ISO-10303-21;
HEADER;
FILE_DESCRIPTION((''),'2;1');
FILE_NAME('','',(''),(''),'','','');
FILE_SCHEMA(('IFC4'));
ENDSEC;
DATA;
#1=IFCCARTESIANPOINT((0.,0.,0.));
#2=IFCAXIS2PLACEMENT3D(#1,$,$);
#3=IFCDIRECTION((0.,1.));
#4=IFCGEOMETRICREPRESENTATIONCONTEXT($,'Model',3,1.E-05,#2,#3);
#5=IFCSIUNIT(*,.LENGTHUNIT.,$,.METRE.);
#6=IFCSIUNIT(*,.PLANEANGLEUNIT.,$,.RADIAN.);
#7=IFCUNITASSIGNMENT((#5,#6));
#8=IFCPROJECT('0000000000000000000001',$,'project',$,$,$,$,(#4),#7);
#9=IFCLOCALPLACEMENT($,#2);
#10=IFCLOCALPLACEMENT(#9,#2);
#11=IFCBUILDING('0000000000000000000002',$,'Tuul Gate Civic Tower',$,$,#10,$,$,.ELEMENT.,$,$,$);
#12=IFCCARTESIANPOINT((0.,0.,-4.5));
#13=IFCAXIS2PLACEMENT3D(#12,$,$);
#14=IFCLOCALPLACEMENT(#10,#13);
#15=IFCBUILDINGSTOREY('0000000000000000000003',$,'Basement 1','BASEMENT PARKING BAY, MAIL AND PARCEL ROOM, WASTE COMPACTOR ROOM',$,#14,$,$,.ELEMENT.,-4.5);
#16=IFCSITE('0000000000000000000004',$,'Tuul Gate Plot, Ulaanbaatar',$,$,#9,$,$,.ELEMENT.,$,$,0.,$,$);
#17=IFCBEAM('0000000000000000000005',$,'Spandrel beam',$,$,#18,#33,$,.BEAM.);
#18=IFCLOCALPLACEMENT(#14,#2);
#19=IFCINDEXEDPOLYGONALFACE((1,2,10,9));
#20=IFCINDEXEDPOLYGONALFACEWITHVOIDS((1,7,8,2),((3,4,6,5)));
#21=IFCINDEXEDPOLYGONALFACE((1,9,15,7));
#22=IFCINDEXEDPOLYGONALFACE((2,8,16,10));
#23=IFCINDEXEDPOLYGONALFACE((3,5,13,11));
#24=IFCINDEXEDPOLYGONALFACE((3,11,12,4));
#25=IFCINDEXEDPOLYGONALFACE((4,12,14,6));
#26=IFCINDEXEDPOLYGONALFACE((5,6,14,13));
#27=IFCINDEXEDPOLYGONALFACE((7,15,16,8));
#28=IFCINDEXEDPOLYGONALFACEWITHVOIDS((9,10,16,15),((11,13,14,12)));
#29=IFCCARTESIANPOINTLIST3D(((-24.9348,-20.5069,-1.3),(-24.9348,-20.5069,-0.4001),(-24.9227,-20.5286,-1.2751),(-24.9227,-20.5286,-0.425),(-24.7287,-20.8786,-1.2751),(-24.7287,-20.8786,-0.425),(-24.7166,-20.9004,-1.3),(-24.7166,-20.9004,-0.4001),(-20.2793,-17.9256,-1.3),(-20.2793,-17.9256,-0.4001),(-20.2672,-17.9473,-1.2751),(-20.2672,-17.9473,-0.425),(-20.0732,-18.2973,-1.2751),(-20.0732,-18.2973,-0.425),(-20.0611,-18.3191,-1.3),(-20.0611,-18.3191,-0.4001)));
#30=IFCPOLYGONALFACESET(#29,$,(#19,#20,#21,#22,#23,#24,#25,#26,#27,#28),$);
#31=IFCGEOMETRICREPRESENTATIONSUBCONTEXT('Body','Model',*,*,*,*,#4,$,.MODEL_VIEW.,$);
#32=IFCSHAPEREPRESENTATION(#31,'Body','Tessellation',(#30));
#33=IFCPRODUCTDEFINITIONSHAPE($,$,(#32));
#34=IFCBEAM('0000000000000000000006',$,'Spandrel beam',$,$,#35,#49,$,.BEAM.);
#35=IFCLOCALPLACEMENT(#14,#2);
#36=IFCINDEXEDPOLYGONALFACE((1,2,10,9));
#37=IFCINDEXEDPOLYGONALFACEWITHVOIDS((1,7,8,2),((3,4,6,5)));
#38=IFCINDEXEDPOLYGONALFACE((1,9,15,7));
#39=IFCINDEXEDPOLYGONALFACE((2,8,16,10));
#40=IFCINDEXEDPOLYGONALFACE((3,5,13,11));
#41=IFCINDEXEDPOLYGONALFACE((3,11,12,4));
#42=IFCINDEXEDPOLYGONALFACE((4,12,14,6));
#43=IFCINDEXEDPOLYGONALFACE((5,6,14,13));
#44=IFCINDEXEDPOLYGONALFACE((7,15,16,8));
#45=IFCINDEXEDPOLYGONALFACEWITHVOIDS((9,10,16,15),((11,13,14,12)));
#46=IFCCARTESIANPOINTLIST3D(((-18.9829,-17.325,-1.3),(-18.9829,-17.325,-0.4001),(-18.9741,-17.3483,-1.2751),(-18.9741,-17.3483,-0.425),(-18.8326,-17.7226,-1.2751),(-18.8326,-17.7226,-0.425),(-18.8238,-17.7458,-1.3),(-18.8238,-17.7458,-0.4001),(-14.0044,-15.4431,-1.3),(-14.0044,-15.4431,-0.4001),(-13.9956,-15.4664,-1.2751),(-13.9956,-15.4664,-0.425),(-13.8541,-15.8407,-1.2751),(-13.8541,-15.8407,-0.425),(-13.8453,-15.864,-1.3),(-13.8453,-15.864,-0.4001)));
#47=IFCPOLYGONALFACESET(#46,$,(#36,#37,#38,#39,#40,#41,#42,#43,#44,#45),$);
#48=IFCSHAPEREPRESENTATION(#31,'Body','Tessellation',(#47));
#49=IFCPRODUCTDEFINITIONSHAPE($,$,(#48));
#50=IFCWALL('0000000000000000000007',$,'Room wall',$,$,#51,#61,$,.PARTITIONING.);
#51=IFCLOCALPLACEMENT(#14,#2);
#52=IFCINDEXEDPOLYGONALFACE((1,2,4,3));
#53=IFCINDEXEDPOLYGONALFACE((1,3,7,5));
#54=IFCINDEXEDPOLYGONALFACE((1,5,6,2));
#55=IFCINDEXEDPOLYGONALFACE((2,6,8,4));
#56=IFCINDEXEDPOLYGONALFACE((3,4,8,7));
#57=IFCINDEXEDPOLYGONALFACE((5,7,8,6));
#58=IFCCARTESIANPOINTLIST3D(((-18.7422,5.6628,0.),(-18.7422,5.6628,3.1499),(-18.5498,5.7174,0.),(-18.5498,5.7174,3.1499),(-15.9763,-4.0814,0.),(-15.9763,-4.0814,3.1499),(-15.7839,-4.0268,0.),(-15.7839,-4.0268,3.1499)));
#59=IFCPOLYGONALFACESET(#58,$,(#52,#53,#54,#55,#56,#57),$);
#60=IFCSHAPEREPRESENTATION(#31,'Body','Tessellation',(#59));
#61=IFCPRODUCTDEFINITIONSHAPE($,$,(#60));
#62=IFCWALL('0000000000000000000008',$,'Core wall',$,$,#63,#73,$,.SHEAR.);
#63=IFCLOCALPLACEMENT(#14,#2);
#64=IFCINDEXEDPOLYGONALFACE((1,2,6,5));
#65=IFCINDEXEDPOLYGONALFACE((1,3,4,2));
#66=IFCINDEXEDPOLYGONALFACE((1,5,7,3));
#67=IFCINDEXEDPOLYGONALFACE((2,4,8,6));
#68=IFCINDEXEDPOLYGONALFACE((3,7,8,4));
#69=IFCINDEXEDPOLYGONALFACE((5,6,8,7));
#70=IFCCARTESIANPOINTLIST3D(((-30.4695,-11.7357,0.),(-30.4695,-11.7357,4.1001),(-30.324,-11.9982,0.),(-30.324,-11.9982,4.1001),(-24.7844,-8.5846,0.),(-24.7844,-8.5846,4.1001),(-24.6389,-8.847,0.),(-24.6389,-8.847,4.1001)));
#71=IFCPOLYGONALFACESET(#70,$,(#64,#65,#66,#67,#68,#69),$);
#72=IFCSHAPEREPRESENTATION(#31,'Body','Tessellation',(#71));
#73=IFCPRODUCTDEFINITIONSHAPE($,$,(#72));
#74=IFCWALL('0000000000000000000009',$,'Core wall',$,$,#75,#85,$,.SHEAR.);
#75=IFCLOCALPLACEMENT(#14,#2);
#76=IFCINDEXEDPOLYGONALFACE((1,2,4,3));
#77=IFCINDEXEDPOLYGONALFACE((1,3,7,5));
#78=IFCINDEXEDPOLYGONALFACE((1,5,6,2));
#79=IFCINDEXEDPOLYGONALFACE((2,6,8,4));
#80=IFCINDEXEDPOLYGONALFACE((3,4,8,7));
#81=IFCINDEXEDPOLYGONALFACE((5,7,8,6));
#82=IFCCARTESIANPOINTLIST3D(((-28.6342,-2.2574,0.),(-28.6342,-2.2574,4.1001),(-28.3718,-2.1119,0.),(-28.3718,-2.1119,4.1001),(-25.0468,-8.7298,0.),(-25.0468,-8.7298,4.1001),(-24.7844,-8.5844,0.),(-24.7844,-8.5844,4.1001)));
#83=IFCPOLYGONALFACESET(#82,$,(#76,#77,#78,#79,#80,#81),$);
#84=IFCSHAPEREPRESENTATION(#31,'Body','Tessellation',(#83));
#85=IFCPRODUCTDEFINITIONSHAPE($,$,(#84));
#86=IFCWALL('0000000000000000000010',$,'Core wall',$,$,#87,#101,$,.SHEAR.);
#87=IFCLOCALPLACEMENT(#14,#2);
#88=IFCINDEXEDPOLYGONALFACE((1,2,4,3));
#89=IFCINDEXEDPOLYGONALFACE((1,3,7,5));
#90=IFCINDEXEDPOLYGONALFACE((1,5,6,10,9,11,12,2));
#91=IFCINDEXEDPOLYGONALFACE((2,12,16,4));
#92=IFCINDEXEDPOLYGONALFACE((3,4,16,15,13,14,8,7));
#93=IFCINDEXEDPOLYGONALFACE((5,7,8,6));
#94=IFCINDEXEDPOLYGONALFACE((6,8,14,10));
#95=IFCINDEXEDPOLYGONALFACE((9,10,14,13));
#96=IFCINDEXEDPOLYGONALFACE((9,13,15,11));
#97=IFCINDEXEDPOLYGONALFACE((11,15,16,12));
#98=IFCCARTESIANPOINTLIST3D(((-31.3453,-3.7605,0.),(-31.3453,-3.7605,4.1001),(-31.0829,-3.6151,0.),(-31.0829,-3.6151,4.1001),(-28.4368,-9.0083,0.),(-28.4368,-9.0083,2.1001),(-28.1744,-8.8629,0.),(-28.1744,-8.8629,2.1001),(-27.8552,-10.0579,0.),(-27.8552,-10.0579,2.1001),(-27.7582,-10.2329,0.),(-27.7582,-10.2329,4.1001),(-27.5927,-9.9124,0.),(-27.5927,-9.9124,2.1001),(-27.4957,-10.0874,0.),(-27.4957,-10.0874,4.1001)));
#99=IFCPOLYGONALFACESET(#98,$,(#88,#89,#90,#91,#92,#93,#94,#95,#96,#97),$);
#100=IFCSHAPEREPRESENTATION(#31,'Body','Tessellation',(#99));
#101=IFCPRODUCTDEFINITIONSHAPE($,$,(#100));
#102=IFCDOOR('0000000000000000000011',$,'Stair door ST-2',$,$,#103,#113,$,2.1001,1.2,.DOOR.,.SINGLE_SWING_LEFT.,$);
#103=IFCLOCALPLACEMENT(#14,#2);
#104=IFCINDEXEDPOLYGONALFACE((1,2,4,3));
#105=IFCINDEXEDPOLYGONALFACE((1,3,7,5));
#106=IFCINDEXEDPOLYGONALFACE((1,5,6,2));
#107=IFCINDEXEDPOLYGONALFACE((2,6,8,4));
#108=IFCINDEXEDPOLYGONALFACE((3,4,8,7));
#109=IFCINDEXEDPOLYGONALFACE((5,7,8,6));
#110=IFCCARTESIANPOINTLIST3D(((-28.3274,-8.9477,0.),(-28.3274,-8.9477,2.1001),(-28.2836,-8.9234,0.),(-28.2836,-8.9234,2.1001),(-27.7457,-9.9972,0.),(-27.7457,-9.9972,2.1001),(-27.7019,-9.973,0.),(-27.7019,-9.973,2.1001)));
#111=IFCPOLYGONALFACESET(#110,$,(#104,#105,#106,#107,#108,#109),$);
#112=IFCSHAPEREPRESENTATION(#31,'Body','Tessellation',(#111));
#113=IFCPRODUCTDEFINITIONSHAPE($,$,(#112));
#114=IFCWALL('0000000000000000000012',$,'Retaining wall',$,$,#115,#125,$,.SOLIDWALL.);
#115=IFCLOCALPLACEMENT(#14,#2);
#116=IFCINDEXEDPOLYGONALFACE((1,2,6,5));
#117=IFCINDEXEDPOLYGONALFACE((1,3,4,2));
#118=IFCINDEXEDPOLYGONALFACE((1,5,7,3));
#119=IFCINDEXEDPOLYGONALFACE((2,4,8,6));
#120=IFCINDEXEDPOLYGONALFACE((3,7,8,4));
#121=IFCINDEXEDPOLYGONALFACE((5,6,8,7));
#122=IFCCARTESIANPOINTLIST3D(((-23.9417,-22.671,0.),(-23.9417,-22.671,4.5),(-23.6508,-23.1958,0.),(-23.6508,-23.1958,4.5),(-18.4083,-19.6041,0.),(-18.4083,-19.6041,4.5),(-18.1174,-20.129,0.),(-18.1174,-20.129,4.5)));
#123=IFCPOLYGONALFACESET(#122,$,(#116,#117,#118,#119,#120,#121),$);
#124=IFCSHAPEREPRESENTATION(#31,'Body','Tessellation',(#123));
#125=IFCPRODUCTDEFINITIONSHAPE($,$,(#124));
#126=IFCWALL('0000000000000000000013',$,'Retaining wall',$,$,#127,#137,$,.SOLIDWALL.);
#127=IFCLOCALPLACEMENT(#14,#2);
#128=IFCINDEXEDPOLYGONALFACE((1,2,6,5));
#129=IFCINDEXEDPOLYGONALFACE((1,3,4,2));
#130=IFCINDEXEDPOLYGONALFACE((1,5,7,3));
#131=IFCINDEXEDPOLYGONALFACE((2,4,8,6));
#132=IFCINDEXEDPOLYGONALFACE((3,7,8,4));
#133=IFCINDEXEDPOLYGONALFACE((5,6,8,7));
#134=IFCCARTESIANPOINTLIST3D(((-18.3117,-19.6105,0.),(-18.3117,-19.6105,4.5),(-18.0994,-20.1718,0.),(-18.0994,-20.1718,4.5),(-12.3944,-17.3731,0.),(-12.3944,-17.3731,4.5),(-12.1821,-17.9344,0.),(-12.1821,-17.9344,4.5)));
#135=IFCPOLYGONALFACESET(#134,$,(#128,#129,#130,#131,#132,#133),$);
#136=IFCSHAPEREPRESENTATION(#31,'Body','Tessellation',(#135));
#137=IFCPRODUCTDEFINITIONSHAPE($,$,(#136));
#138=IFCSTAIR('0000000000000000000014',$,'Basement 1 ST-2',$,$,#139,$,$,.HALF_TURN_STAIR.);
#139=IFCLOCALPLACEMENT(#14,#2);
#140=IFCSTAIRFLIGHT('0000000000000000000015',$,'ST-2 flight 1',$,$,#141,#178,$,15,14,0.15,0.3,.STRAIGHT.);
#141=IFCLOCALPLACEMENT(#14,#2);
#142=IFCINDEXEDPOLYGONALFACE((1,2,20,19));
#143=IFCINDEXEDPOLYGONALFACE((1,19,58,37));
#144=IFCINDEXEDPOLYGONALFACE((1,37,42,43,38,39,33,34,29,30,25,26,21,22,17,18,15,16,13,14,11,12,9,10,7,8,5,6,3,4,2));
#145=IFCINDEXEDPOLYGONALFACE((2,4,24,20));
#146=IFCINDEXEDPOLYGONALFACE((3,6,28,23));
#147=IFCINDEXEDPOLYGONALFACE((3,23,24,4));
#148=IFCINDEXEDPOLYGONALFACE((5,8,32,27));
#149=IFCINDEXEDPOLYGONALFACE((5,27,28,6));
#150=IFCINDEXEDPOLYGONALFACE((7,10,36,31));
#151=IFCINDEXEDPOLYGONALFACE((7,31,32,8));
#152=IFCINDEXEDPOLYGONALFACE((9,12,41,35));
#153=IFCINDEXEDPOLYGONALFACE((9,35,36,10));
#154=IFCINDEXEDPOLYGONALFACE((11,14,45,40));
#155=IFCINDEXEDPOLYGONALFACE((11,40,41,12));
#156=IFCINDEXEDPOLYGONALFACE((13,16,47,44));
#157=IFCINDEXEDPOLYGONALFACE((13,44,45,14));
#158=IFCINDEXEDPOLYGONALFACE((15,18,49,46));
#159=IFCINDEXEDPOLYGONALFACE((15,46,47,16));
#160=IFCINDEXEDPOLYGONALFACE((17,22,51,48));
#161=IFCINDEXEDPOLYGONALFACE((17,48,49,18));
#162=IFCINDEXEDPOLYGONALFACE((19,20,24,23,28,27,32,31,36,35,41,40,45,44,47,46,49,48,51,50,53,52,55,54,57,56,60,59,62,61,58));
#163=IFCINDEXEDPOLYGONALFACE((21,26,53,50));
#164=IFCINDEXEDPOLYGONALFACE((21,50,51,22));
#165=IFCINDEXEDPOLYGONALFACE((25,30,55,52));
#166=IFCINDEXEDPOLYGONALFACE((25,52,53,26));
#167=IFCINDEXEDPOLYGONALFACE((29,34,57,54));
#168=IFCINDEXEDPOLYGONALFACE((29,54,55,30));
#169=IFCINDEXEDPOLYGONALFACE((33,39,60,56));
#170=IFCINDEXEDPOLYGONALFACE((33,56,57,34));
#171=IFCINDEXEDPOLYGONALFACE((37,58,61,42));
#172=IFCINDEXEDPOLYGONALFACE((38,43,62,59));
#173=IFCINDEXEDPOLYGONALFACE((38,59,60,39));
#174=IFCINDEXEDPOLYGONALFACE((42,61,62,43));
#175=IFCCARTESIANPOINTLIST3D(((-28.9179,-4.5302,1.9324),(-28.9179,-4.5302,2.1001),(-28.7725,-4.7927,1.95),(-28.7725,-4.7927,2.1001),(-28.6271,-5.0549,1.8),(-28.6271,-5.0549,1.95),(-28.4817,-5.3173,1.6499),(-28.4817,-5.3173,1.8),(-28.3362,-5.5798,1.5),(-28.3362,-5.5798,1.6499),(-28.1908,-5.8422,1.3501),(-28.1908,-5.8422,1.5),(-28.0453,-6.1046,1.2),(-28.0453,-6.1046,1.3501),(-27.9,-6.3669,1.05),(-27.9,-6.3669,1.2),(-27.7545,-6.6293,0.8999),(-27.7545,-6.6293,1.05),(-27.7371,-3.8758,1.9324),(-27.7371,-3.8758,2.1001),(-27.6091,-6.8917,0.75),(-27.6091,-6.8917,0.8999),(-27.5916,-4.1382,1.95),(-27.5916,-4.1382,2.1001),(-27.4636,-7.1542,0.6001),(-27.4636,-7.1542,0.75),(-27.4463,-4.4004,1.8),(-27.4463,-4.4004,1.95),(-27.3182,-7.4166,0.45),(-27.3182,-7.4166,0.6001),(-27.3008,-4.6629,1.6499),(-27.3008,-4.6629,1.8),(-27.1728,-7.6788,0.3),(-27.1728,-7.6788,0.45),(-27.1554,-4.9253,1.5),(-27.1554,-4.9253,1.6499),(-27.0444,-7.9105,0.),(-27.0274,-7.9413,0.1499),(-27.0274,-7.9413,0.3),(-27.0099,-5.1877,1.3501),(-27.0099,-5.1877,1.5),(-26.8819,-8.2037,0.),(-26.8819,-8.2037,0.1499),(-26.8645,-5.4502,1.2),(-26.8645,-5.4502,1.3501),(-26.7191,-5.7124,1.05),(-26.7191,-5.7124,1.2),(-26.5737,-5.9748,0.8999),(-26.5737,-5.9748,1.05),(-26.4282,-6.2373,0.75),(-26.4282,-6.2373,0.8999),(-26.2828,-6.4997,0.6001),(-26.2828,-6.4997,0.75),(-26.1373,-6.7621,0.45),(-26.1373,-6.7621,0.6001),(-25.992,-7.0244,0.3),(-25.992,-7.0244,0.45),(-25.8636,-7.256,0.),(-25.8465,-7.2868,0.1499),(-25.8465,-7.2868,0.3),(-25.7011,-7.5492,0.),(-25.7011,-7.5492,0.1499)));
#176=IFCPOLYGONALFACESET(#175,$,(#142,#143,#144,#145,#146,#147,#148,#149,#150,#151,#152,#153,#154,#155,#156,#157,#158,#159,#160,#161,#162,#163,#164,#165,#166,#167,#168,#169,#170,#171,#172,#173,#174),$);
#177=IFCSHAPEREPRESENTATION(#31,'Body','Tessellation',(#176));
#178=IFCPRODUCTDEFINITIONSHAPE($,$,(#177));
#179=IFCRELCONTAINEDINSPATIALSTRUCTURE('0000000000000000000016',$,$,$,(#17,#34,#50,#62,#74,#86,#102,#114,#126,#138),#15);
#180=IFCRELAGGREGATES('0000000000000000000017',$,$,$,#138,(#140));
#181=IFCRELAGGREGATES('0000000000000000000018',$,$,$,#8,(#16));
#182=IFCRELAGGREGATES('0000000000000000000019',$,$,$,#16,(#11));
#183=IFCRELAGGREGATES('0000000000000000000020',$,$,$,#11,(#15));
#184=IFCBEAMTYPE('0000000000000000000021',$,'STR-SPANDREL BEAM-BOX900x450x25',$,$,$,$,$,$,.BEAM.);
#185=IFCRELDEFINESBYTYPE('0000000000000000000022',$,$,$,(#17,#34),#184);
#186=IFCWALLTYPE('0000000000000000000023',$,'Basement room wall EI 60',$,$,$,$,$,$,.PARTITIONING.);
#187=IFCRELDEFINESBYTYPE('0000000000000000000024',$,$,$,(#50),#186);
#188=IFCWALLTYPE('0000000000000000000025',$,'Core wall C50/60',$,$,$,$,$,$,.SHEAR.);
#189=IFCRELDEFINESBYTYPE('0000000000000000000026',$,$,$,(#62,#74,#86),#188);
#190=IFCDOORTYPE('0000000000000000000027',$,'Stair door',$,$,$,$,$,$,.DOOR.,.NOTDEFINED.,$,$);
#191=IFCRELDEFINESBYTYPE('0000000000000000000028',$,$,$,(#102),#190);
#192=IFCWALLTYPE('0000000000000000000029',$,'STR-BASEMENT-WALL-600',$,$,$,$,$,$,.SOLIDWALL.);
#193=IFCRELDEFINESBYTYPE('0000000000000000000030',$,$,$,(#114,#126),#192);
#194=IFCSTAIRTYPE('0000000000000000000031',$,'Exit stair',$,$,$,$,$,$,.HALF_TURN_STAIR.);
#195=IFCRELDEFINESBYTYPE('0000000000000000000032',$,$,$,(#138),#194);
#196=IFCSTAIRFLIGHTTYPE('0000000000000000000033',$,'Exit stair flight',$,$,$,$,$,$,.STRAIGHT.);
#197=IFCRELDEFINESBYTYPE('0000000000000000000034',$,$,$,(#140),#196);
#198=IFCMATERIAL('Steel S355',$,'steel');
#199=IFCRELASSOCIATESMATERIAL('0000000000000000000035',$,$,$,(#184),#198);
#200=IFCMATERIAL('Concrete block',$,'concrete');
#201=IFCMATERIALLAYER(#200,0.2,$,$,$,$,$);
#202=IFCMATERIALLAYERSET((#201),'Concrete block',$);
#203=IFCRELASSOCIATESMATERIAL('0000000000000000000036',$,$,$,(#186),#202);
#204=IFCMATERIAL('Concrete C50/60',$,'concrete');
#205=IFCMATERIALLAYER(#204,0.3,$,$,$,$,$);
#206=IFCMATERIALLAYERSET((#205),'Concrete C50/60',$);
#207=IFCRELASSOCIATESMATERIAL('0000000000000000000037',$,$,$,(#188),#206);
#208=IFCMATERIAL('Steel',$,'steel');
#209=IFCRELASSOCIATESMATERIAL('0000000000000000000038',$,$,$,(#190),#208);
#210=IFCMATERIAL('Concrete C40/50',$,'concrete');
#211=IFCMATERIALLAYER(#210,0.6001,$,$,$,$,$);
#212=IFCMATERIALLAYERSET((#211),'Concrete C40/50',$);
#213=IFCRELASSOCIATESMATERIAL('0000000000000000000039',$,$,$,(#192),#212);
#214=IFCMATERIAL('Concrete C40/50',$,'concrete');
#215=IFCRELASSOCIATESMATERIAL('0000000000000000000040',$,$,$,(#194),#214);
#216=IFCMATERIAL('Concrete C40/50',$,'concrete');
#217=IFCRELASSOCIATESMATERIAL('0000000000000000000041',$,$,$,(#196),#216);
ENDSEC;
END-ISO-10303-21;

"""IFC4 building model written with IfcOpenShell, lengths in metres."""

from ifc_helpers import new_model, si_unit, direction, frame, frame_2d, origin, origin_2d, place, context, subcontext, project, spatial, polyline, rectangle, hollow_rectangle, outline, extrude, material, layer, layer_set, material_profile, profile_set, type_object, element, fill, aggregate, save


model = new_model("IFC4")

# Units and contexts
model_context = context("Model", 3, precision=1e-05, world=origin(), true_north=direction((0.0, 1.0)))
body_context = subcontext(model_context, "Body", "Model", "MODEL_VIEW")
ifc_project = project(units=[si_unit("LENGTHUNIT", "METRE"), si_unit("PLANEANGLEUNIT", "RADIAN")], contexts=[model_context])

# Site, building, storey
site_placement = place(None, origin())
site = spatial("IfcSite", under=ifc_project, at=site_placement, Name="Tuul Gate Plot, Ulaanbaatar", CompositionType="ELEMENT", RefElevation=0.0)
building_placement = place(site_placement, origin())
building = spatial("IfcBuilding", under=site, at=building_placement, Name="Tuul Gate Civic Tower", CompositionType="ELEMENT")
storey_placement = place(building_placement, frame((0.0, 0.0, -4.5)))
storey = spatial("IfcBuildingStorey", under=building, at=storey_placement, Name="Basement 1", Description="BASEMENT PARKING BAY, MAIL AND PARCEL ROOM, WASTE COMPACTOR ROOM", CompositionType="ELEMENT", Elevation=-4.5)

# Beams
ifc_material_1 = material(Name="Steel S355", Category="steel")
ifc_material_profile_1 = material_profile(ifc_material_1, hollow_rectangle(XDim=0.45, YDim=0.8999, WallThickness=0.0249, at=origin_2d()), Name="BOX900x450x25")
ifc_profile_set_1 = profile_set([ifc_material_profile_1], Name="Steel S355")
beam_type_1 = type_object("IfcBeamType", Name="STR-SPANDREL BEAM-BOX900x450x25", PredefinedType="BEAM", material=ifc_profile_set_1)
beam_1_placement = place(storey_placement, frame((-24.8257, -20.7036, -0.8501), z_axis=(0.874564, 0.484911, 0.0), x_axis=(-0.484911, 0.874564, 0.0)))
element("IfcBeam", 1, at=beam_1_placement, inside=storey, type_object=beam_type_1, Name="Spandrel beam", PredefinedType="BEAM", context=body_context, shape_type="SweptSolid", body=[
    extrude(hollow_rectangle(XDim=0.45, YDim=0.8999, WallThickness=0.0249, at=origin_2d()), origin(), (0.0, 0.0, 1.0), 5.3232),
])
beam_2_placement = place(storey_placement, frame((-18.9033, -17.5354, -0.8501), z_axis=(0.935406, 0.353575, 0.0), x_axis=(-0.353575, 0.935406, 0.0)))
element("IfcBeam", 2, at=beam_2_placement, inside=storey, type_object=beam_type_1, Name="Spandrel beam", PredefinedType="BEAM", context=body_context, shape_type="SweptSolid", body=[
    extrude(hollow_rectangle(XDim=0.45, YDim=0.8999, WallThickness=0.0249, at=origin_2d()), origin(), (0.0, 0.0, 1.0), 5.3223),
])

# Walls
ifc_material_2 = material(Name="Concrete block", Category="concrete")
ifc_layer_1 = layer(ifc_material_2, 0.2)
ifc_layer_set_1 = layer_set([ifc_layer_1], Name="Concrete block")
wall_type_1 = type_object("IfcWallType", Name="Basement room wall EI 60", PredefinedType="PARTITIONING", material=ifc_layer_set_1)
wall_1_placement = place(storey_placement, frame((-15.8801, -4.054, 0.0), z_axis=(0.0, 0.0, 1.0), x_axis=(-0.273062, 0.961996, 0.0)))
element("IfcWall", 3, at=wall_1_placement, inside=storey, type_object=wall_type_1, Name="Room wall", PredefinedType="PARTITIONING", context=body_context, shape_type="SweptSolid", body=[
    extrude(rectangle(XDim=10.1292, YDim=0.2, at=frame_2d((5.0645, 0.0))), origin(), (0.0, 0.0, 1.0), 3.1499),
])
ifc_material_3 = material(Name="Concrete C50/60", Category="concrete")
ifc_layer_2 = layer(ifc_material_3, 0.3)
ifc_layer_set_2 = layer_set([ifc_layer_2], Name="Concrete C50/60")
wall_type_2 = type_object("IfcWallType", Name="Core wall C50/60", PredefinedType="SHEAR", material=ifc_layer_set_2)
wall_2_placement = place(storey_placement, frame((-24.7117, -8.7158, 0.0), z_axis=(0.0, 0.0, 1.0), x_axis=(-0.87463, -0.484791, 0.0)))
element("IfcWall", 4, at=wall_2_placement, inside=storey, type_object=wall_type_2, Name="Core wall", PredefinedType="SHEAR", context=body_context, shape_type="SweptSolid", body=[
    extrude(rectangle(XDim=6.5, YDim=0.3, at=frame_2d((3.25, 0.0))), origin(), (0.0, 0.0, 1.0), 4.1001),
])
wall_3_placement = place(storey_placement, frame((-24.9155, -8.6572, 0.0), z_axis=(0.0, 0.0, 1.0), x_axis=(-0.484777, 0.874638, 0.0)))
element("IfcWall", 5, at=wall_3_placement, inside=storey, type_object=wall_type_2, Name="Core wall", PredefinedType="SHEAR", context=body_context, shape_type="SweptSolid", body=[
    extrude(rectangle(XDim=7.4001, YDim=0.3, at=frame_2d((3.7002, 0.0))), origin(), (0.0, 0.0, 1.0), 4.1001),
])

# Wall, opening, door
wall_4_placement = place(storey_placement, frame((-27.627, -10.1602, 0.0), z_axis=(0.0, 0.0, 1.0), x_axis=(-0.484752, 0.874652, 0.0)))
wall_4 = element("IfcWall", 6, at=wall_4_placement, inside=storey, type_object=wall_type_2, Name="Core wall", PredefinedType="SHEAR", context=body_context, shape_type="SweptSolid", body=[
    extrude(rectangle(XDim=7.3999, YDim=0.3, at=frame_2d((3.7, 0.0))), origin(), (0.0, 0.0, 1.0), 4.1001),
])
opening_placement = place(wall_4_placement, frame((0.2, 0.0, 0.0)))
opening = element("IfcOpeningElement", 7, at=opening_placement, cuts=wall_4, PredefinedType="OPENING", context=body_context, shape_type="SweptSolid", body=[
    extrude(rectangle(XDim=1.2, YDim=2.1001, at=frame_2d((0.6001, 1.05))), frame((0.0, 0.1602, 0.0), z_axis=(0.0, -1.0, 0.0), x_axis=(1.0, 0.0, 0.0)), (0.0, 0.0, 1.0), 0.3201),
])
ifc_material_4 = material(Name="Steel", Category="steel")
door_type = type_object("IfcDoorType", Name="Stair door", OperationType="NOTDEFINED", PredefinedType="DOOR", material=ifc_material_4)
door_placement = place(opening_placement, origin())
door = element("IfcDoor", 8, at=door_placement, inside=storey, type_object=door_type, Name="Stair door ST-2", OperationType="SINGLE_SWING_LEFT", OverallHeight=2.1001, OverallWidth=1.2, PredefinedType="DOOR", context=body_context, shape_type="SweptSolid", body=[
    extrude(rectangle(XDim=1.2, YDim=2.1001, at=frame_2d((0.6001, 1.05))), frame((0.0, 0.0249, 0.0), z_axis=(0.0, -1.0, 0.0), x_axis=(1.0, 0.0, 0.0)), (0.0, 0.0, 1.0), 0.05),
])
fill(opening, door)

# Walls
ifc_material_5 = material(Name="Concrete C40/50", Category="concrete")
ifc_layer_3 = layer(ifc_material_5, 0.6001)
ifc_layer_set_3 = layer_set([ifc_layer_3], Name="Concrete C40/50")
wall_type_3 = type_object("IfcWallType", Name="STR-BASEMENT-WALL-600", PredefinedType="SOLIDWALL", material=ifc_layer_set_3)
wall_5_placement = place(storey_placement, frame((-23.7961, -22.9333, 0.0), z_axis=(0.0, 0.0, 1.0), x_axis=(0.874643, 0.484768, 0.0)))
element("IfcWall", 9, at=wall_5_placement, inside=storey, type_object=wall_type_3, Name="Retaining wall", PredefinedType="SOLIDWALL", context=body_context, shape_type="SweptSolid", body=[
    extrude(rectangle(XDim=6.3264, YDim=0.6001, at=frame_2d((3.1631, 0.0))), origin(), (0.0, 0.0, 1.0), 4.5),
])
wall_6_placement = place(storey_placement, frame((-18.2056, -19.8911, 0.0), z_axis=(0.0, 0.0, 1.0), x_axis=(0.935373, 0.353664, 0.0)))
element("IfcWall", 10, at=wall_6_placement, inside=storey, type_object=wall_type_3, Name="Retaining wall", PredefinedType="SOLIDWALL", context=body_context, shape_type="SweptSolid", body=[
    extrude(rectangle(XDim=6.3262, YDim=0.6001, at=frame_2d((3.1631, 0.0))), origin(), (0.0, 0.0, 1.0), 4.5),
])

# Stair, stair flight
ifc_material_6 = material(Name="Concrete C40/50", Category="concrete")
stair_type = type_object("IfcStairType", Name="Exit stair", PredefinedType="HALF_TURN_STAIR", material=ifc_material_6)
stair_placement = place(storey_placement, origin())
stair = element("IfcStair", 11, at=stair_placement, inside=storey, type_object=stair_type, Name="Basement 1 ST-2", PredefinedType="HALF_TURN_STAIR")
ifc_material_7 = material(Name="Concrete C40/50", Category="concrete")
stair_flight_type = type_object("IfcStairFlightType", Name="Exit stair flight", PredefinedType="STRAIGHT", material=ifc_material_7)
stair_flight_placement = place(storey_placement, frame((-26.2915, -7.8765, 0.0), z_axis=(0.0, 0.0, 1.0), x_axis=(-0.484762, 0.874646, 0.0)))
stair_flight = element("IfcStairFlight", 12, at=stair_flight_placement, type_object=stair_flight_type, Name="ST-2 flight 1", NumberOfRisers=15, NumberOfTreads=14, PredefinedType="STRAIGHT", RiserHeight=0.15, TreadLength=0.3, context=body_context, shape_type="SweptSolid", body=[
    extrude(outline(polyline([(0.0, 0.0), (0.0, 0.1499), (0.3, 0.1499), (0.3, 0.3), (0.6001, 0.3), (0.6001, 0.45), (0.8999, 0.45), (0.8999, 0.6001), (1.2, 0.6001), (1.2, 0.75), (1.5, 0.75), (1.5, 0.8999), (1.8, 0.8999), (1.8, 1.05), (2.1001, 1.05), (2.1001, 1.2), (2.3999, 1.2), (2.3999, 1.3501), (2.7, 1.3501), (2.7, 1.5), (3.0, 1.5), (3.0, 1.6499), (3.3, 1.6499), (3.3, 1.8), (3.6001, 1.8), (3.6001, 1.95), (3.8999, 1.95), (3.8999, 2.1001), (4.2, 2.1001), (4.2, 2.25), (4.2, 1.9324), (0.3352, 0.0), (0.0, 0.0)])), frame((0.0, 0.675, 0.0), z_axis=(0.0, -1.0, 0.0), x_axis=(1.0, 0.0, 0.0)), (0.0, 0.0, 1.0), 1.3501),
])
aggregate(stair, [stair_flight])

save(model, "model.ifc")
